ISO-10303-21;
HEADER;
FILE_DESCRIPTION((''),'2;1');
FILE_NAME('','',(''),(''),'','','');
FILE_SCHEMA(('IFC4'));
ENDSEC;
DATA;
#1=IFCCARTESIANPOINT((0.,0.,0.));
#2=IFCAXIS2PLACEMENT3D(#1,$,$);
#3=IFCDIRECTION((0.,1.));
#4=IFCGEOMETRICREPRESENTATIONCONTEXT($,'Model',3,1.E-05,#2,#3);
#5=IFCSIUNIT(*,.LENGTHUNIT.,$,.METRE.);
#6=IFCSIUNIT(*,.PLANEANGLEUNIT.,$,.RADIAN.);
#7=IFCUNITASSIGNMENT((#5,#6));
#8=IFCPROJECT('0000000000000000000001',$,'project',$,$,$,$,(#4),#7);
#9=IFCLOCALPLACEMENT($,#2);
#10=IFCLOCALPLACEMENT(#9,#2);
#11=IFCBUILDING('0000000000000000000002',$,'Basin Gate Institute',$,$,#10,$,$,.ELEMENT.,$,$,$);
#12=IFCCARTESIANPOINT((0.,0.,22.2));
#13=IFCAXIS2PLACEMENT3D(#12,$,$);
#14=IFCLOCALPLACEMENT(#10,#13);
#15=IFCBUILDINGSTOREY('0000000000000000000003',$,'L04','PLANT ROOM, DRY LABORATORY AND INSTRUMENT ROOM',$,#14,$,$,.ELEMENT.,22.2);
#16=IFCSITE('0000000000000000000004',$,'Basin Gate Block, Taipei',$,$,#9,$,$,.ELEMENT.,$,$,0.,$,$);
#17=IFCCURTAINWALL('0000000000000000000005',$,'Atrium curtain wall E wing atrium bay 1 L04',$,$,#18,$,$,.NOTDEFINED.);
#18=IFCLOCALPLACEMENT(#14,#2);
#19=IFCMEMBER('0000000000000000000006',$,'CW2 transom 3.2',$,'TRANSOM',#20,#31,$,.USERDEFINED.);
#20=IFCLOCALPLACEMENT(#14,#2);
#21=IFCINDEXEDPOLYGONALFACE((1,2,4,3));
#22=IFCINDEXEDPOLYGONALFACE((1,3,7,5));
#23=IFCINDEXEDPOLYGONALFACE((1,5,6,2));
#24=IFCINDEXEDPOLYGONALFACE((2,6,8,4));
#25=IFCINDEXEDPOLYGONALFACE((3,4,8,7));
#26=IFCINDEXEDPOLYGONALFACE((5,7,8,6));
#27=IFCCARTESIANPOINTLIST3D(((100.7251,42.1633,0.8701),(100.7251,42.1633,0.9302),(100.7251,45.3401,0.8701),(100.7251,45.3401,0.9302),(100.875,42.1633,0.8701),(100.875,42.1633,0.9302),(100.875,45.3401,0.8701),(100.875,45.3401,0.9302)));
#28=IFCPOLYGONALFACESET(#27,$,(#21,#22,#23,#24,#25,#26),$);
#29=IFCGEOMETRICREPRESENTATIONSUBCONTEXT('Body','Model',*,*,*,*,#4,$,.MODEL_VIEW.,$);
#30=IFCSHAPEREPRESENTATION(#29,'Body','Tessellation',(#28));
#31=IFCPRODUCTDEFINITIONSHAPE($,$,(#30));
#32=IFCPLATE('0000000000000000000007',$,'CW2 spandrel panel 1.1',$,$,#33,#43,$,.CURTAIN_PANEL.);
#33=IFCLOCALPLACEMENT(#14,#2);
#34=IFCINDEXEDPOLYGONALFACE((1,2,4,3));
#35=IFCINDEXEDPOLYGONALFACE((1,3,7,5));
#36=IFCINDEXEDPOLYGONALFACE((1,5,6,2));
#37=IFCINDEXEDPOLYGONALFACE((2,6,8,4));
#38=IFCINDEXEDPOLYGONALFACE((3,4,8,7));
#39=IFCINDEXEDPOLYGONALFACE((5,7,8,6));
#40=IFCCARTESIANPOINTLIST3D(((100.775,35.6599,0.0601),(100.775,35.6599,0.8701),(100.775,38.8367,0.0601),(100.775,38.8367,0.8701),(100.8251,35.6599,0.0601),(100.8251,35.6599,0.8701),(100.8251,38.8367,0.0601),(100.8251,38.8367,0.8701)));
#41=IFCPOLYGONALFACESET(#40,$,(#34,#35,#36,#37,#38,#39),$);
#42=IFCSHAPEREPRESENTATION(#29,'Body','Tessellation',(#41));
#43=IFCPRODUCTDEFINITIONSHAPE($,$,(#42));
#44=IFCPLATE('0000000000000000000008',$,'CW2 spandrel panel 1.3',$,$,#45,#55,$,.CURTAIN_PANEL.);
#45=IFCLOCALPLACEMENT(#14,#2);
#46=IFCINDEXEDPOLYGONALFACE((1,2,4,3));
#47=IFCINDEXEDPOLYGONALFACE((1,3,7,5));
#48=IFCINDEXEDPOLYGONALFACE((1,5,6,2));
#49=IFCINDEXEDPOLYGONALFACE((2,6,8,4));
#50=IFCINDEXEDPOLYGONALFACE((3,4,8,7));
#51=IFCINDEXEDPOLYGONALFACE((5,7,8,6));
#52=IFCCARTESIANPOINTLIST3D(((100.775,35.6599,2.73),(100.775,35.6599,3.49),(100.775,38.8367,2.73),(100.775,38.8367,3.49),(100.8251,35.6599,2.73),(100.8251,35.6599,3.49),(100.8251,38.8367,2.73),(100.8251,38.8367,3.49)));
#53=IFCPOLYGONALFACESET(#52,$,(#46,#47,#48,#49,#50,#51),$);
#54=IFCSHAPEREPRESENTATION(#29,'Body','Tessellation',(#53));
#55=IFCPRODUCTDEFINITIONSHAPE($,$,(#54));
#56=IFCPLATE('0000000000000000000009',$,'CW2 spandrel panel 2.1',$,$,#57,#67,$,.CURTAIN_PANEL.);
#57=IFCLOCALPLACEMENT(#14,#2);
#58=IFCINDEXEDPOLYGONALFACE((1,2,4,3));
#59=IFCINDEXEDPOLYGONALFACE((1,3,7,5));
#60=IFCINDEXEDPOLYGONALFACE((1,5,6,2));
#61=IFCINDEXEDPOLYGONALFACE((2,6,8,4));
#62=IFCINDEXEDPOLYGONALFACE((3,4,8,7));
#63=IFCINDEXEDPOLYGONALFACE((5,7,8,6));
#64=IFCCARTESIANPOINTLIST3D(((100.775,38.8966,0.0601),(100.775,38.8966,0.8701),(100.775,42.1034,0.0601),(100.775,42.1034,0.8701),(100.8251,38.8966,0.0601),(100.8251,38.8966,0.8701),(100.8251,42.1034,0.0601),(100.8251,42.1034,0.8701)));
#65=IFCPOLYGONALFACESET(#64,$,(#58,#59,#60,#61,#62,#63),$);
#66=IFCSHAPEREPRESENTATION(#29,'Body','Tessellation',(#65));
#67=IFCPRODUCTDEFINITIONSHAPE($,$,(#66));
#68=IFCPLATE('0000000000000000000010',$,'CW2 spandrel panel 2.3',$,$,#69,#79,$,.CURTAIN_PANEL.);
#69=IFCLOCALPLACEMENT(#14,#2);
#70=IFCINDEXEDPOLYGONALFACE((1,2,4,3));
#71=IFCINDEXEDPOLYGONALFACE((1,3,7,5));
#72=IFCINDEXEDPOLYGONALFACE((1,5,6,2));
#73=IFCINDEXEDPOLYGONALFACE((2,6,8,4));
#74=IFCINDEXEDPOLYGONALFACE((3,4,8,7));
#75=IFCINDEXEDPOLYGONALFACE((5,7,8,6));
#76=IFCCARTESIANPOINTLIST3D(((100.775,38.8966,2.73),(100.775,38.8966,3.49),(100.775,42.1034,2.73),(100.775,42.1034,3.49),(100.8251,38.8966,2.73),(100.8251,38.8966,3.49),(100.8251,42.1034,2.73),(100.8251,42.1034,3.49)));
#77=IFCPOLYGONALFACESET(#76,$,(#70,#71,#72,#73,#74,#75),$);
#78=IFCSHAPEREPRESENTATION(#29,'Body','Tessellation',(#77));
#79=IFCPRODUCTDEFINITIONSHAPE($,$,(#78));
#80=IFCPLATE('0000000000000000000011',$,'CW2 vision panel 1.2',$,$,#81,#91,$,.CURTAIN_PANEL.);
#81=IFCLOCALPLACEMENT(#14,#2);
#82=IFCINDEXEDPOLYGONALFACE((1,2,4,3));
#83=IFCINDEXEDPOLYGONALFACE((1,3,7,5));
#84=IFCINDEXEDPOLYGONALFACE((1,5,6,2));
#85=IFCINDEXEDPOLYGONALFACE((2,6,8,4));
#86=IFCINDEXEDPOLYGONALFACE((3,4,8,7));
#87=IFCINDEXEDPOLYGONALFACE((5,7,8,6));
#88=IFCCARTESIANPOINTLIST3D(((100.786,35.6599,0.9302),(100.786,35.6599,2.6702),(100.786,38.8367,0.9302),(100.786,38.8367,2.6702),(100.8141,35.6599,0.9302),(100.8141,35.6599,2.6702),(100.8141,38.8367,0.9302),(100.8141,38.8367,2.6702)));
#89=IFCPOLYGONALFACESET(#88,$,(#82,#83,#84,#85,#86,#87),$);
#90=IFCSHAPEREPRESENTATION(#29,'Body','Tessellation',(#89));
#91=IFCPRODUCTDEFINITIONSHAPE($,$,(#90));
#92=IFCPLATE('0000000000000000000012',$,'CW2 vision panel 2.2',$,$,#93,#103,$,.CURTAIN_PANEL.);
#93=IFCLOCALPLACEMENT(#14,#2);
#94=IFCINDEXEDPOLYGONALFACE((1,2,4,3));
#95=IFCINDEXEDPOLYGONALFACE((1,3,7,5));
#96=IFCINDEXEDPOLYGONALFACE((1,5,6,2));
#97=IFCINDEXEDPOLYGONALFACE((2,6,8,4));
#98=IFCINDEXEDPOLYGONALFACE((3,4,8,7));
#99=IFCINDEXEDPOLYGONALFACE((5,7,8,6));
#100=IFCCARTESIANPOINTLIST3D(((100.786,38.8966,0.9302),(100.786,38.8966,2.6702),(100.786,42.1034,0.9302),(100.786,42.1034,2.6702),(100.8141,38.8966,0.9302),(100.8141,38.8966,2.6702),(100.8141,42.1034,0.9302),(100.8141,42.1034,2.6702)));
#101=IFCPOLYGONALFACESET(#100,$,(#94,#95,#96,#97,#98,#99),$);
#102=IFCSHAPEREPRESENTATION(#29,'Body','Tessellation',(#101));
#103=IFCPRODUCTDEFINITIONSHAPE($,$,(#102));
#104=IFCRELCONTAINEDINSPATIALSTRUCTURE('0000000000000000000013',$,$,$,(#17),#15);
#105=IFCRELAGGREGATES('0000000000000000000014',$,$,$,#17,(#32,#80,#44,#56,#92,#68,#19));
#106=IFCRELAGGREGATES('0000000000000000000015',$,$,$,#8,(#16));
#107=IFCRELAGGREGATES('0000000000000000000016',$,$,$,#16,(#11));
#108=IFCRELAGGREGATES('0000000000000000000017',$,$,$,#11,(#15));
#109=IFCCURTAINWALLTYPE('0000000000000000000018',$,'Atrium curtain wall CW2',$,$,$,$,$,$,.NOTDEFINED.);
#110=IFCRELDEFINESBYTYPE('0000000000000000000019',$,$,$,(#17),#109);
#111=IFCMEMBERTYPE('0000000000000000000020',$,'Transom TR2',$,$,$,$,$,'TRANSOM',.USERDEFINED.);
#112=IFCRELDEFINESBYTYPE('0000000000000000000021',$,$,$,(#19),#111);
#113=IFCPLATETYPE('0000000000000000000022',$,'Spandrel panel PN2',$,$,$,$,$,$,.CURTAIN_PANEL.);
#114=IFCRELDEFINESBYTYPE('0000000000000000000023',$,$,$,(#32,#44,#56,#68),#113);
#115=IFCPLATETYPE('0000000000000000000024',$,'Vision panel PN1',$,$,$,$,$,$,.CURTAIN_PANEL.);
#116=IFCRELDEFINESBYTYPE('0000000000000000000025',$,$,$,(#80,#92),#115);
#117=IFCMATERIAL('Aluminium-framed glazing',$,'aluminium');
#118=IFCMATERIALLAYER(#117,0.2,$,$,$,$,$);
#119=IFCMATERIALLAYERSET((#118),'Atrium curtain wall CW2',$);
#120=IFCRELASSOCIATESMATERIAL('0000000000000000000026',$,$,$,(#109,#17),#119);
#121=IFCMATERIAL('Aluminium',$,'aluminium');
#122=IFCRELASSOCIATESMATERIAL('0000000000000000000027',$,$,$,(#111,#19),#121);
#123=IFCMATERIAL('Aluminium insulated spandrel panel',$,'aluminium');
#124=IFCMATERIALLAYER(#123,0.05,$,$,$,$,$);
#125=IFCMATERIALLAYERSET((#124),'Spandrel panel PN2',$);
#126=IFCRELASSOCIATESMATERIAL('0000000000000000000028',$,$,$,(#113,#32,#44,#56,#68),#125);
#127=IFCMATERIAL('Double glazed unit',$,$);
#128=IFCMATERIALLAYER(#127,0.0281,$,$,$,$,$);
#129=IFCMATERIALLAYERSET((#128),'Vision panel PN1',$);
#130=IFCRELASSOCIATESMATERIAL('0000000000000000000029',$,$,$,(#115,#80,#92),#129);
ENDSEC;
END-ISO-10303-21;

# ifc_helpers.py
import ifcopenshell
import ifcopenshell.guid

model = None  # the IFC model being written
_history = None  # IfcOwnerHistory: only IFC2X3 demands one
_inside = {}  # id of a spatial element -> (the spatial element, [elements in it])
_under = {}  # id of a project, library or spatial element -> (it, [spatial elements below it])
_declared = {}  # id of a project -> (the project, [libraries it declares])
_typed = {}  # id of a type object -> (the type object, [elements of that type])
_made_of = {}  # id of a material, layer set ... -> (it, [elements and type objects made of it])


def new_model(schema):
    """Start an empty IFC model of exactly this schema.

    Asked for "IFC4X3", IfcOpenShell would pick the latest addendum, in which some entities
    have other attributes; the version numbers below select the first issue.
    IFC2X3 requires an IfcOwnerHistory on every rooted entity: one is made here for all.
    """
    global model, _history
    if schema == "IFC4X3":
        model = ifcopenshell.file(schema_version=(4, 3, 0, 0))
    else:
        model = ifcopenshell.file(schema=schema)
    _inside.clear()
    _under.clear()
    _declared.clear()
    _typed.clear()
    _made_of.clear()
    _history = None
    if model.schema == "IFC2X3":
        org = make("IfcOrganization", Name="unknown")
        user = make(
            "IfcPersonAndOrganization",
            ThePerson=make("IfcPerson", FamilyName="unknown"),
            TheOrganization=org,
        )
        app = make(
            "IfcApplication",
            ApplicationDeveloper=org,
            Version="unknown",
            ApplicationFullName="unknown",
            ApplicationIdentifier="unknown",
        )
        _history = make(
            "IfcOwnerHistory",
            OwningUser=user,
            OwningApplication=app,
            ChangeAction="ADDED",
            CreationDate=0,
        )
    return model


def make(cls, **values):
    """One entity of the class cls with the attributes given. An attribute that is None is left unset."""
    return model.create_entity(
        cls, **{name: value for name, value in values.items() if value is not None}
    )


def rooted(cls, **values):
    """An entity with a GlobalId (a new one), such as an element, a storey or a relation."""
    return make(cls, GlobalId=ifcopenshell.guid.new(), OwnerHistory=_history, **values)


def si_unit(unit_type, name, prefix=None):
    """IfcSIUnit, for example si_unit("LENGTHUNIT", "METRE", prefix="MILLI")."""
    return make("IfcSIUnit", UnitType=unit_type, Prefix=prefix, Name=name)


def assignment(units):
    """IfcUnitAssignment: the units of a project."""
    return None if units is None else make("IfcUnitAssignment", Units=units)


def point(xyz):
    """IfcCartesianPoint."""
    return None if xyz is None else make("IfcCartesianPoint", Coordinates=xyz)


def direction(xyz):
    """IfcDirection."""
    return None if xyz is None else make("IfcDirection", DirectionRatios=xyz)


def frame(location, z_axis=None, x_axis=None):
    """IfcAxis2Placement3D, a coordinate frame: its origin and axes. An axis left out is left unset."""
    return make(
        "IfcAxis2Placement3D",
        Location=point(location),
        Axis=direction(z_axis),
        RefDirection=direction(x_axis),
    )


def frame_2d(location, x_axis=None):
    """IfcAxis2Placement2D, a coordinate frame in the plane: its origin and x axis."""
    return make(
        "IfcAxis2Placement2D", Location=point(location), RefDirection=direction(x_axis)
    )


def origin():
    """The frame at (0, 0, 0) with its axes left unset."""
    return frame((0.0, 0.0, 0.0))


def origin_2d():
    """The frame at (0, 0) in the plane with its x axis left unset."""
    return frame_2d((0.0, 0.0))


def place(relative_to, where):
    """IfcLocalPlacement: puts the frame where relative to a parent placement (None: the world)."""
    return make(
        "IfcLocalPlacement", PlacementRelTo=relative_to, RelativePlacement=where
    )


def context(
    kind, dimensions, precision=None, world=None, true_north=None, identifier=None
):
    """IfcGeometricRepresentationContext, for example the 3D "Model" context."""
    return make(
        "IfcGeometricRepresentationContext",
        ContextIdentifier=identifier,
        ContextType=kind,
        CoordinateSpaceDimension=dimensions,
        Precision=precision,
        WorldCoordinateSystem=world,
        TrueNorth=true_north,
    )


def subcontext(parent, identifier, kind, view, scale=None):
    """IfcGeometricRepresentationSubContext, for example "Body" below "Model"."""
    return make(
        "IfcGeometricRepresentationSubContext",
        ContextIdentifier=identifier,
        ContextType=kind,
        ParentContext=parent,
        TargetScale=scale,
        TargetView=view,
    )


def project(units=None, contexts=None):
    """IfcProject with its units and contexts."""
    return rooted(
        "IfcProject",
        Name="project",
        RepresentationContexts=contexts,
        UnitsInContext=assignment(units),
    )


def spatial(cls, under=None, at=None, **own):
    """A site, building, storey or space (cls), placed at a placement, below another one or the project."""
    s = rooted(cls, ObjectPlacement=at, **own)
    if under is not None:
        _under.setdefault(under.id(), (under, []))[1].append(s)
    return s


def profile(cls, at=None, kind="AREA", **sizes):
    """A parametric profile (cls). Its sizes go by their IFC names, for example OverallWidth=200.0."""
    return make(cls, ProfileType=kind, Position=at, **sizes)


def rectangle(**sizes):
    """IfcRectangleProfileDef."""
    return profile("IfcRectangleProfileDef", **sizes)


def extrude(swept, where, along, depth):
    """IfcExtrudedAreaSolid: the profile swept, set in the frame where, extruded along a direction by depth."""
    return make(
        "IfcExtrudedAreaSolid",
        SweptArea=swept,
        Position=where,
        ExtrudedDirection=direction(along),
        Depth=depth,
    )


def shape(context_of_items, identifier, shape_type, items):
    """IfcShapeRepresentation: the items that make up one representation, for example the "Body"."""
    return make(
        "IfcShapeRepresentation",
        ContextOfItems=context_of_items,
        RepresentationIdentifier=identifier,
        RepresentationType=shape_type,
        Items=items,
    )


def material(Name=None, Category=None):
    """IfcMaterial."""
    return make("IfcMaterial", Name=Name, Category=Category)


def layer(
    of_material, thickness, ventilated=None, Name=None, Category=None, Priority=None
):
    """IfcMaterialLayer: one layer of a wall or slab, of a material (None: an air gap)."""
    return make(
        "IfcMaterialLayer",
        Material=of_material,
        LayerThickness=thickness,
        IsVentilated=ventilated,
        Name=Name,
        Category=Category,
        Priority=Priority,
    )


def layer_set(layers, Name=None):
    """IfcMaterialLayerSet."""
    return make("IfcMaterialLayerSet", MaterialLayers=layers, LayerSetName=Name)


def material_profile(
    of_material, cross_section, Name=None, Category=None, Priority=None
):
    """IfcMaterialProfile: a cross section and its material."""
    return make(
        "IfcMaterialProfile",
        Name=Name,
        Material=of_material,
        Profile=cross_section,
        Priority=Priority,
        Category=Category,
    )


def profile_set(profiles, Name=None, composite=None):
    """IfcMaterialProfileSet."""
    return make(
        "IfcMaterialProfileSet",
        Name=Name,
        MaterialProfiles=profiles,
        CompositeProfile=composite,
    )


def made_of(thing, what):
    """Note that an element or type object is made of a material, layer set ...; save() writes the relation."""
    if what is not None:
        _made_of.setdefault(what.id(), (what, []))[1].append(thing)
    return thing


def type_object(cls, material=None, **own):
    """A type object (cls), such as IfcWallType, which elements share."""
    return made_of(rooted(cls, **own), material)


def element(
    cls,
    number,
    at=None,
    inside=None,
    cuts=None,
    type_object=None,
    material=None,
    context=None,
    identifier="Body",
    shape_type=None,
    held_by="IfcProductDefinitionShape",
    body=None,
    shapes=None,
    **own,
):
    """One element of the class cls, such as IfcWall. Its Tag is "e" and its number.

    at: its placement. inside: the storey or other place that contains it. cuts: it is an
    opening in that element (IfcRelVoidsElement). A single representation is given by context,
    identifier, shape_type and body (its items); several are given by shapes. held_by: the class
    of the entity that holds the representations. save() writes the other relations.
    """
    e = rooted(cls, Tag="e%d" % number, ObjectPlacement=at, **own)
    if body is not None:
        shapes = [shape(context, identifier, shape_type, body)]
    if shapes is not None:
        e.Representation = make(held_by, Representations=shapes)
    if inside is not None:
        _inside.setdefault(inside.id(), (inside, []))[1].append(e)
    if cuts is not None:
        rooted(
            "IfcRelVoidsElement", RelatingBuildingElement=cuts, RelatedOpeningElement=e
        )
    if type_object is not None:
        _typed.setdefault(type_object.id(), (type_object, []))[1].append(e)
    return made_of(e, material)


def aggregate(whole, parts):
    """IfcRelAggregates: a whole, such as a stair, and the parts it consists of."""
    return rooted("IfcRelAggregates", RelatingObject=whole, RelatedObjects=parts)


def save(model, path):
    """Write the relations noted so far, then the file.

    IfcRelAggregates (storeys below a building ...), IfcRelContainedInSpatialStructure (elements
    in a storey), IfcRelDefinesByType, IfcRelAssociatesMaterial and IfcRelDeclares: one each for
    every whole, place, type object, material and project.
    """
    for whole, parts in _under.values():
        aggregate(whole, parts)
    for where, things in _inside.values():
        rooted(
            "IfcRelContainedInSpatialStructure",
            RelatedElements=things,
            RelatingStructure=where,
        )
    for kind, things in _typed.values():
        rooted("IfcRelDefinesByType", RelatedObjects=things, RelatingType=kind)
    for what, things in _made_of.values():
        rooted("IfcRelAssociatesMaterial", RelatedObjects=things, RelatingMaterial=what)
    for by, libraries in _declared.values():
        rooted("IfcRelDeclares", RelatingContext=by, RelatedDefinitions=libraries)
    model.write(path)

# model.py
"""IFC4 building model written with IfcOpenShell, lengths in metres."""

from ifc_helpers import new_model, si_unit, direction, frame, origin, origin_2d, place, context, subcontext, project, spatial, rectangle, extrude, material, layer, layer_set, material_profile, profile_set, type_object, element, aggregate, save


model = new_model("IFC4")

# Units and contexts
model_context = context("Model", 3, precision=1e-05, world=origin(), true_north=direction((0.0, 1.0)))
body_context = subcontext(model_context, "Body", "Model", "MODEL_VIEW")
ifc_project = project(units=[si_unit("LENGTHUNIT", "METRE"), si_unit("PLANEANGLEUNIT", "RADIAN")], contexts=[model_context])

# Site, building, storey
site_placement = place(None, origin())
site = spatial("IfcSite", under=ifc_project, at=site_placement, Name="Basin Gate Block, Taipei", CompositionType="ELEMENT", RefElevation=0.0)
building_placement = place(site_placement, origin())
building = spatial("IfcBuilding", under=site, at=building_placement, Name="Basin Gate Institute", CompositionType="ELEMENT")
storey_placement = place(building_placement, frame((0.0, 0.0, 22.2)))
storey = spatial("IfcBuildingStorey", under=building, at=storey_placement, Name="L04", Description="PLANT ROOM, DRY LABORATORY AND INSTRUMENT ROOM", CompositionType="ELEMENT", Elevation=22.2)

# Curtain wall, member, plates
ifc_material_1 = material(Name="Aluminium-framed glazing", Category="aluminium")
ifc_layer_1 = layer(ifc_material_1, 0.2)
ifc_layer_set_1 = layer_set([ifc_layer_1], Name="Atrium curtain wall CW2")
curtain_wall_type = type_object("IfcCurtainWallType", Name="Atrium curtain wall CW2", PredefinedType="NOTDEFINED", material=ifc_layer_set_1)
curtain_wall_placement = place(storey_placement, origin())
curtain_wall = element("IfcCurtainWall", 1, at=curtain_wall_placement, inside=storey, type_object=curtain_wall_type, material=ifc_layer_set_1, Name="Atrium curtain wall E wing atrium bay 1 L04", PredefinedType="NOTDEFINED")
ifc_material_2 = material(Name="Aluminium", Category="aluminium")
ifc_material_profile_1 = material_profile(ifc_material_2, rectangle(XDim=0.1499, YDim=0.0601, at=origin_2d()), Name="Transom TR2 150 x 60")
ifc_profile_set_1 = profile_set([ifc_material_profile_1], Name="Aluminium")
member_type_1 = type_object("IfcMemberType", Name="Transom TR2", ElementType="TRANSOM", PredefinedType="USERDEFINED", material=ifc_profile_set_1)
member_1_placement = place(storey_placement, frame((100.8, 42.1633, 0.9001), z_axis=(0.0, 1.0, 0.0), x_axis=(-1.0, 0.0, 0.0)))
member_1 = element("IfcMember", 2, at=member_1_placement, type_object=member_type_1, material=ifc_profile_set_1, Name="CW2 transom 3.2", ObjectType="TRANSOM", PredefinedType="USERDEFINED", context=body_context, shape_type="SweptSolid", body=[
    extrude(rectangle(XDim=0.1499, YDim=0.0601, at=origin_2d()), origin(), (0.0, 0.0, 1.0), 3.1768),
])
ifc_material_3 = material(Name="Aluminium insulated spandrel panel", Category="aluminium")
ifc_layer_2 = layer(ifc_material_3, 0.05)
ifc_layer_set_2 = layer_set([ifc_layer_2], Name="Spandrel panel PN2")
plate_type_1 = type_object("IfcPlateType", Name="Spandrel panel PN2", PredefinedType="CURTAIN_PANEL", material=ifc_layer_set_2)
plate_1_placement = place(storey_placement, frame((100.8, 37.2483, 0.0601), z_axis=(0.0, 0.0, 1.0), x_axis=(0.0, 1.0, 0.0)))
plate_1 = element("IfcPlate", 3, at=plate_1_placement, type_object=plate_type_1, material=ifc_layer_set_2, Name="CW2 spandrel panel 1.1", PredefinedType="CURTAIN_PANEL", context=body_context, shape_type="SweptSolid", body=[
    extrude(rectangle(XDim=3.1768, YDim=0.05, at=origin_2d()), origin(), (0.0, 0.0, 1.0), 0.8101),
])
plate_2_placement = place(storey_placement, frame((100.8, 37.2483, 2.73), z_axis=(0.0, 0.0, 1.0), x_axis=(0.0, 1.0, 0.0)))
plate_2 = element("IfcPlate", 4, at=plate_2_placement, type_object=plate_type_1, material=ifc_layer_set_2, Name="CW2 spandrel panel 1.3", PredefinedType="CURTAIN_PANEL", context=body_context, shape_type="SweptSolid", body=[
    extrude(rectangle(XDim=3.1768, YDim=0.05, at=origin_2d()), origin(), (0.0, 0.0, 1.0), 0.76),
])
plate_3_placement = place(storey_placement, frame((100.8, 40.5, 0.0601), z_axis=(0.0, 0.0, 1.0), x_axis=(0.0, 1.0, 0.0)))
plate_3 = element("IfcPlate", 5, at=plate_3_placement, type_object=plate_type_1, material=ifc_layer_set_2, Name="CW2 spandrel panel 2.1", PredefinedType="CURTAIN_PANEL", context=body_context, shape_type="SweptSolid", body=[
    extrude(rectangle(XDim=3.2068, YDim=0.05, at=origin_2d()), origin(), (0.0, 0.0, 1.0), 0.8101),
])
plate_4_placement = place(storey_placement, frame((100.8, 40.5, 2.73), z_axis=(0.0, 0.0, 1.0), x_axis=(0.0, 1.0, 0.0)))
plate_4 = element("IfcPlate", 6, at=plate_4_placement, type_object=plate_type_1, material=ifc_layer_set_2, Name="CW2 spandrel panel 2.3", PredefinedType="CURTAIN_PANEL", context=body_context, shape_type="SweptSolid", body=[
    extrude(rectangle(XDim=3.2068, YDim=0.05, at=origin_2d()), origin(), (0.0, 0.0, 1.0), 0.76),
])
ifc_material_4 = material(Name="Double glazed unit")
ifc_layer_3 = layer(ifc_material_4, 0.0281)
ifc_layer_set_3 = layer_set([ifc_layer_3], Name="Vision panel PN1")
plate_type_2 = type_object("IfcPlateType", Name="Vision panel PN1", PredefinedType="CURTAIN_PANEL", material=ifc_layer_set_3)
plate_5_placement = place(storey_placement, frame((100.8, 37.2483, 0.9302), z_axis=(0.0, 0.0, 1.0), x_axis=(0.0, 1.0, 0.0)))
plate_5 = element("IfcPlate", 7, at=plate_5_placement, type_object=plate_type_2, material=ifc_layer_set_3, Name="CW2 vision panel 1.2", PredefinedType="CURTAIN_PANEL", context=body_context, shape_type="SweptSolid", body=[
    extrude(rectangle(XDim=3.1768, YDim=0.0281, at=origin_2d()), origin(), (0.0, 0.0, 1.0), 1.74),
])
plate_6_placement = place(storey_placement, frame((100.8, 40.5, 0.9302), z_axis=(0.0, 0.0, 1.0), x_axis=(0.0, 1.0, 0.0)))
plate_6 = element("IfcPlate", 8, at=plate_6_placement, type_object=plate_type_2, material=ifc_layer_set_3, Name="CW2 vision panel 2.2", PredefinedType="CURTAIN_PANEL", context=body_context, shape_type="SweptSolid", body=[
    extrude(rectangle(XDim=3.2068, YDim=0.0281, at=origin_2d()), origin(), (0.0, 0.0, 1.0), 1.74),
])
aggregate(curtain_wall, [plate_1, plate_5, plate_2, plate_3, plate_6, plate_4, member_1])

save(model, "model.ifc")
